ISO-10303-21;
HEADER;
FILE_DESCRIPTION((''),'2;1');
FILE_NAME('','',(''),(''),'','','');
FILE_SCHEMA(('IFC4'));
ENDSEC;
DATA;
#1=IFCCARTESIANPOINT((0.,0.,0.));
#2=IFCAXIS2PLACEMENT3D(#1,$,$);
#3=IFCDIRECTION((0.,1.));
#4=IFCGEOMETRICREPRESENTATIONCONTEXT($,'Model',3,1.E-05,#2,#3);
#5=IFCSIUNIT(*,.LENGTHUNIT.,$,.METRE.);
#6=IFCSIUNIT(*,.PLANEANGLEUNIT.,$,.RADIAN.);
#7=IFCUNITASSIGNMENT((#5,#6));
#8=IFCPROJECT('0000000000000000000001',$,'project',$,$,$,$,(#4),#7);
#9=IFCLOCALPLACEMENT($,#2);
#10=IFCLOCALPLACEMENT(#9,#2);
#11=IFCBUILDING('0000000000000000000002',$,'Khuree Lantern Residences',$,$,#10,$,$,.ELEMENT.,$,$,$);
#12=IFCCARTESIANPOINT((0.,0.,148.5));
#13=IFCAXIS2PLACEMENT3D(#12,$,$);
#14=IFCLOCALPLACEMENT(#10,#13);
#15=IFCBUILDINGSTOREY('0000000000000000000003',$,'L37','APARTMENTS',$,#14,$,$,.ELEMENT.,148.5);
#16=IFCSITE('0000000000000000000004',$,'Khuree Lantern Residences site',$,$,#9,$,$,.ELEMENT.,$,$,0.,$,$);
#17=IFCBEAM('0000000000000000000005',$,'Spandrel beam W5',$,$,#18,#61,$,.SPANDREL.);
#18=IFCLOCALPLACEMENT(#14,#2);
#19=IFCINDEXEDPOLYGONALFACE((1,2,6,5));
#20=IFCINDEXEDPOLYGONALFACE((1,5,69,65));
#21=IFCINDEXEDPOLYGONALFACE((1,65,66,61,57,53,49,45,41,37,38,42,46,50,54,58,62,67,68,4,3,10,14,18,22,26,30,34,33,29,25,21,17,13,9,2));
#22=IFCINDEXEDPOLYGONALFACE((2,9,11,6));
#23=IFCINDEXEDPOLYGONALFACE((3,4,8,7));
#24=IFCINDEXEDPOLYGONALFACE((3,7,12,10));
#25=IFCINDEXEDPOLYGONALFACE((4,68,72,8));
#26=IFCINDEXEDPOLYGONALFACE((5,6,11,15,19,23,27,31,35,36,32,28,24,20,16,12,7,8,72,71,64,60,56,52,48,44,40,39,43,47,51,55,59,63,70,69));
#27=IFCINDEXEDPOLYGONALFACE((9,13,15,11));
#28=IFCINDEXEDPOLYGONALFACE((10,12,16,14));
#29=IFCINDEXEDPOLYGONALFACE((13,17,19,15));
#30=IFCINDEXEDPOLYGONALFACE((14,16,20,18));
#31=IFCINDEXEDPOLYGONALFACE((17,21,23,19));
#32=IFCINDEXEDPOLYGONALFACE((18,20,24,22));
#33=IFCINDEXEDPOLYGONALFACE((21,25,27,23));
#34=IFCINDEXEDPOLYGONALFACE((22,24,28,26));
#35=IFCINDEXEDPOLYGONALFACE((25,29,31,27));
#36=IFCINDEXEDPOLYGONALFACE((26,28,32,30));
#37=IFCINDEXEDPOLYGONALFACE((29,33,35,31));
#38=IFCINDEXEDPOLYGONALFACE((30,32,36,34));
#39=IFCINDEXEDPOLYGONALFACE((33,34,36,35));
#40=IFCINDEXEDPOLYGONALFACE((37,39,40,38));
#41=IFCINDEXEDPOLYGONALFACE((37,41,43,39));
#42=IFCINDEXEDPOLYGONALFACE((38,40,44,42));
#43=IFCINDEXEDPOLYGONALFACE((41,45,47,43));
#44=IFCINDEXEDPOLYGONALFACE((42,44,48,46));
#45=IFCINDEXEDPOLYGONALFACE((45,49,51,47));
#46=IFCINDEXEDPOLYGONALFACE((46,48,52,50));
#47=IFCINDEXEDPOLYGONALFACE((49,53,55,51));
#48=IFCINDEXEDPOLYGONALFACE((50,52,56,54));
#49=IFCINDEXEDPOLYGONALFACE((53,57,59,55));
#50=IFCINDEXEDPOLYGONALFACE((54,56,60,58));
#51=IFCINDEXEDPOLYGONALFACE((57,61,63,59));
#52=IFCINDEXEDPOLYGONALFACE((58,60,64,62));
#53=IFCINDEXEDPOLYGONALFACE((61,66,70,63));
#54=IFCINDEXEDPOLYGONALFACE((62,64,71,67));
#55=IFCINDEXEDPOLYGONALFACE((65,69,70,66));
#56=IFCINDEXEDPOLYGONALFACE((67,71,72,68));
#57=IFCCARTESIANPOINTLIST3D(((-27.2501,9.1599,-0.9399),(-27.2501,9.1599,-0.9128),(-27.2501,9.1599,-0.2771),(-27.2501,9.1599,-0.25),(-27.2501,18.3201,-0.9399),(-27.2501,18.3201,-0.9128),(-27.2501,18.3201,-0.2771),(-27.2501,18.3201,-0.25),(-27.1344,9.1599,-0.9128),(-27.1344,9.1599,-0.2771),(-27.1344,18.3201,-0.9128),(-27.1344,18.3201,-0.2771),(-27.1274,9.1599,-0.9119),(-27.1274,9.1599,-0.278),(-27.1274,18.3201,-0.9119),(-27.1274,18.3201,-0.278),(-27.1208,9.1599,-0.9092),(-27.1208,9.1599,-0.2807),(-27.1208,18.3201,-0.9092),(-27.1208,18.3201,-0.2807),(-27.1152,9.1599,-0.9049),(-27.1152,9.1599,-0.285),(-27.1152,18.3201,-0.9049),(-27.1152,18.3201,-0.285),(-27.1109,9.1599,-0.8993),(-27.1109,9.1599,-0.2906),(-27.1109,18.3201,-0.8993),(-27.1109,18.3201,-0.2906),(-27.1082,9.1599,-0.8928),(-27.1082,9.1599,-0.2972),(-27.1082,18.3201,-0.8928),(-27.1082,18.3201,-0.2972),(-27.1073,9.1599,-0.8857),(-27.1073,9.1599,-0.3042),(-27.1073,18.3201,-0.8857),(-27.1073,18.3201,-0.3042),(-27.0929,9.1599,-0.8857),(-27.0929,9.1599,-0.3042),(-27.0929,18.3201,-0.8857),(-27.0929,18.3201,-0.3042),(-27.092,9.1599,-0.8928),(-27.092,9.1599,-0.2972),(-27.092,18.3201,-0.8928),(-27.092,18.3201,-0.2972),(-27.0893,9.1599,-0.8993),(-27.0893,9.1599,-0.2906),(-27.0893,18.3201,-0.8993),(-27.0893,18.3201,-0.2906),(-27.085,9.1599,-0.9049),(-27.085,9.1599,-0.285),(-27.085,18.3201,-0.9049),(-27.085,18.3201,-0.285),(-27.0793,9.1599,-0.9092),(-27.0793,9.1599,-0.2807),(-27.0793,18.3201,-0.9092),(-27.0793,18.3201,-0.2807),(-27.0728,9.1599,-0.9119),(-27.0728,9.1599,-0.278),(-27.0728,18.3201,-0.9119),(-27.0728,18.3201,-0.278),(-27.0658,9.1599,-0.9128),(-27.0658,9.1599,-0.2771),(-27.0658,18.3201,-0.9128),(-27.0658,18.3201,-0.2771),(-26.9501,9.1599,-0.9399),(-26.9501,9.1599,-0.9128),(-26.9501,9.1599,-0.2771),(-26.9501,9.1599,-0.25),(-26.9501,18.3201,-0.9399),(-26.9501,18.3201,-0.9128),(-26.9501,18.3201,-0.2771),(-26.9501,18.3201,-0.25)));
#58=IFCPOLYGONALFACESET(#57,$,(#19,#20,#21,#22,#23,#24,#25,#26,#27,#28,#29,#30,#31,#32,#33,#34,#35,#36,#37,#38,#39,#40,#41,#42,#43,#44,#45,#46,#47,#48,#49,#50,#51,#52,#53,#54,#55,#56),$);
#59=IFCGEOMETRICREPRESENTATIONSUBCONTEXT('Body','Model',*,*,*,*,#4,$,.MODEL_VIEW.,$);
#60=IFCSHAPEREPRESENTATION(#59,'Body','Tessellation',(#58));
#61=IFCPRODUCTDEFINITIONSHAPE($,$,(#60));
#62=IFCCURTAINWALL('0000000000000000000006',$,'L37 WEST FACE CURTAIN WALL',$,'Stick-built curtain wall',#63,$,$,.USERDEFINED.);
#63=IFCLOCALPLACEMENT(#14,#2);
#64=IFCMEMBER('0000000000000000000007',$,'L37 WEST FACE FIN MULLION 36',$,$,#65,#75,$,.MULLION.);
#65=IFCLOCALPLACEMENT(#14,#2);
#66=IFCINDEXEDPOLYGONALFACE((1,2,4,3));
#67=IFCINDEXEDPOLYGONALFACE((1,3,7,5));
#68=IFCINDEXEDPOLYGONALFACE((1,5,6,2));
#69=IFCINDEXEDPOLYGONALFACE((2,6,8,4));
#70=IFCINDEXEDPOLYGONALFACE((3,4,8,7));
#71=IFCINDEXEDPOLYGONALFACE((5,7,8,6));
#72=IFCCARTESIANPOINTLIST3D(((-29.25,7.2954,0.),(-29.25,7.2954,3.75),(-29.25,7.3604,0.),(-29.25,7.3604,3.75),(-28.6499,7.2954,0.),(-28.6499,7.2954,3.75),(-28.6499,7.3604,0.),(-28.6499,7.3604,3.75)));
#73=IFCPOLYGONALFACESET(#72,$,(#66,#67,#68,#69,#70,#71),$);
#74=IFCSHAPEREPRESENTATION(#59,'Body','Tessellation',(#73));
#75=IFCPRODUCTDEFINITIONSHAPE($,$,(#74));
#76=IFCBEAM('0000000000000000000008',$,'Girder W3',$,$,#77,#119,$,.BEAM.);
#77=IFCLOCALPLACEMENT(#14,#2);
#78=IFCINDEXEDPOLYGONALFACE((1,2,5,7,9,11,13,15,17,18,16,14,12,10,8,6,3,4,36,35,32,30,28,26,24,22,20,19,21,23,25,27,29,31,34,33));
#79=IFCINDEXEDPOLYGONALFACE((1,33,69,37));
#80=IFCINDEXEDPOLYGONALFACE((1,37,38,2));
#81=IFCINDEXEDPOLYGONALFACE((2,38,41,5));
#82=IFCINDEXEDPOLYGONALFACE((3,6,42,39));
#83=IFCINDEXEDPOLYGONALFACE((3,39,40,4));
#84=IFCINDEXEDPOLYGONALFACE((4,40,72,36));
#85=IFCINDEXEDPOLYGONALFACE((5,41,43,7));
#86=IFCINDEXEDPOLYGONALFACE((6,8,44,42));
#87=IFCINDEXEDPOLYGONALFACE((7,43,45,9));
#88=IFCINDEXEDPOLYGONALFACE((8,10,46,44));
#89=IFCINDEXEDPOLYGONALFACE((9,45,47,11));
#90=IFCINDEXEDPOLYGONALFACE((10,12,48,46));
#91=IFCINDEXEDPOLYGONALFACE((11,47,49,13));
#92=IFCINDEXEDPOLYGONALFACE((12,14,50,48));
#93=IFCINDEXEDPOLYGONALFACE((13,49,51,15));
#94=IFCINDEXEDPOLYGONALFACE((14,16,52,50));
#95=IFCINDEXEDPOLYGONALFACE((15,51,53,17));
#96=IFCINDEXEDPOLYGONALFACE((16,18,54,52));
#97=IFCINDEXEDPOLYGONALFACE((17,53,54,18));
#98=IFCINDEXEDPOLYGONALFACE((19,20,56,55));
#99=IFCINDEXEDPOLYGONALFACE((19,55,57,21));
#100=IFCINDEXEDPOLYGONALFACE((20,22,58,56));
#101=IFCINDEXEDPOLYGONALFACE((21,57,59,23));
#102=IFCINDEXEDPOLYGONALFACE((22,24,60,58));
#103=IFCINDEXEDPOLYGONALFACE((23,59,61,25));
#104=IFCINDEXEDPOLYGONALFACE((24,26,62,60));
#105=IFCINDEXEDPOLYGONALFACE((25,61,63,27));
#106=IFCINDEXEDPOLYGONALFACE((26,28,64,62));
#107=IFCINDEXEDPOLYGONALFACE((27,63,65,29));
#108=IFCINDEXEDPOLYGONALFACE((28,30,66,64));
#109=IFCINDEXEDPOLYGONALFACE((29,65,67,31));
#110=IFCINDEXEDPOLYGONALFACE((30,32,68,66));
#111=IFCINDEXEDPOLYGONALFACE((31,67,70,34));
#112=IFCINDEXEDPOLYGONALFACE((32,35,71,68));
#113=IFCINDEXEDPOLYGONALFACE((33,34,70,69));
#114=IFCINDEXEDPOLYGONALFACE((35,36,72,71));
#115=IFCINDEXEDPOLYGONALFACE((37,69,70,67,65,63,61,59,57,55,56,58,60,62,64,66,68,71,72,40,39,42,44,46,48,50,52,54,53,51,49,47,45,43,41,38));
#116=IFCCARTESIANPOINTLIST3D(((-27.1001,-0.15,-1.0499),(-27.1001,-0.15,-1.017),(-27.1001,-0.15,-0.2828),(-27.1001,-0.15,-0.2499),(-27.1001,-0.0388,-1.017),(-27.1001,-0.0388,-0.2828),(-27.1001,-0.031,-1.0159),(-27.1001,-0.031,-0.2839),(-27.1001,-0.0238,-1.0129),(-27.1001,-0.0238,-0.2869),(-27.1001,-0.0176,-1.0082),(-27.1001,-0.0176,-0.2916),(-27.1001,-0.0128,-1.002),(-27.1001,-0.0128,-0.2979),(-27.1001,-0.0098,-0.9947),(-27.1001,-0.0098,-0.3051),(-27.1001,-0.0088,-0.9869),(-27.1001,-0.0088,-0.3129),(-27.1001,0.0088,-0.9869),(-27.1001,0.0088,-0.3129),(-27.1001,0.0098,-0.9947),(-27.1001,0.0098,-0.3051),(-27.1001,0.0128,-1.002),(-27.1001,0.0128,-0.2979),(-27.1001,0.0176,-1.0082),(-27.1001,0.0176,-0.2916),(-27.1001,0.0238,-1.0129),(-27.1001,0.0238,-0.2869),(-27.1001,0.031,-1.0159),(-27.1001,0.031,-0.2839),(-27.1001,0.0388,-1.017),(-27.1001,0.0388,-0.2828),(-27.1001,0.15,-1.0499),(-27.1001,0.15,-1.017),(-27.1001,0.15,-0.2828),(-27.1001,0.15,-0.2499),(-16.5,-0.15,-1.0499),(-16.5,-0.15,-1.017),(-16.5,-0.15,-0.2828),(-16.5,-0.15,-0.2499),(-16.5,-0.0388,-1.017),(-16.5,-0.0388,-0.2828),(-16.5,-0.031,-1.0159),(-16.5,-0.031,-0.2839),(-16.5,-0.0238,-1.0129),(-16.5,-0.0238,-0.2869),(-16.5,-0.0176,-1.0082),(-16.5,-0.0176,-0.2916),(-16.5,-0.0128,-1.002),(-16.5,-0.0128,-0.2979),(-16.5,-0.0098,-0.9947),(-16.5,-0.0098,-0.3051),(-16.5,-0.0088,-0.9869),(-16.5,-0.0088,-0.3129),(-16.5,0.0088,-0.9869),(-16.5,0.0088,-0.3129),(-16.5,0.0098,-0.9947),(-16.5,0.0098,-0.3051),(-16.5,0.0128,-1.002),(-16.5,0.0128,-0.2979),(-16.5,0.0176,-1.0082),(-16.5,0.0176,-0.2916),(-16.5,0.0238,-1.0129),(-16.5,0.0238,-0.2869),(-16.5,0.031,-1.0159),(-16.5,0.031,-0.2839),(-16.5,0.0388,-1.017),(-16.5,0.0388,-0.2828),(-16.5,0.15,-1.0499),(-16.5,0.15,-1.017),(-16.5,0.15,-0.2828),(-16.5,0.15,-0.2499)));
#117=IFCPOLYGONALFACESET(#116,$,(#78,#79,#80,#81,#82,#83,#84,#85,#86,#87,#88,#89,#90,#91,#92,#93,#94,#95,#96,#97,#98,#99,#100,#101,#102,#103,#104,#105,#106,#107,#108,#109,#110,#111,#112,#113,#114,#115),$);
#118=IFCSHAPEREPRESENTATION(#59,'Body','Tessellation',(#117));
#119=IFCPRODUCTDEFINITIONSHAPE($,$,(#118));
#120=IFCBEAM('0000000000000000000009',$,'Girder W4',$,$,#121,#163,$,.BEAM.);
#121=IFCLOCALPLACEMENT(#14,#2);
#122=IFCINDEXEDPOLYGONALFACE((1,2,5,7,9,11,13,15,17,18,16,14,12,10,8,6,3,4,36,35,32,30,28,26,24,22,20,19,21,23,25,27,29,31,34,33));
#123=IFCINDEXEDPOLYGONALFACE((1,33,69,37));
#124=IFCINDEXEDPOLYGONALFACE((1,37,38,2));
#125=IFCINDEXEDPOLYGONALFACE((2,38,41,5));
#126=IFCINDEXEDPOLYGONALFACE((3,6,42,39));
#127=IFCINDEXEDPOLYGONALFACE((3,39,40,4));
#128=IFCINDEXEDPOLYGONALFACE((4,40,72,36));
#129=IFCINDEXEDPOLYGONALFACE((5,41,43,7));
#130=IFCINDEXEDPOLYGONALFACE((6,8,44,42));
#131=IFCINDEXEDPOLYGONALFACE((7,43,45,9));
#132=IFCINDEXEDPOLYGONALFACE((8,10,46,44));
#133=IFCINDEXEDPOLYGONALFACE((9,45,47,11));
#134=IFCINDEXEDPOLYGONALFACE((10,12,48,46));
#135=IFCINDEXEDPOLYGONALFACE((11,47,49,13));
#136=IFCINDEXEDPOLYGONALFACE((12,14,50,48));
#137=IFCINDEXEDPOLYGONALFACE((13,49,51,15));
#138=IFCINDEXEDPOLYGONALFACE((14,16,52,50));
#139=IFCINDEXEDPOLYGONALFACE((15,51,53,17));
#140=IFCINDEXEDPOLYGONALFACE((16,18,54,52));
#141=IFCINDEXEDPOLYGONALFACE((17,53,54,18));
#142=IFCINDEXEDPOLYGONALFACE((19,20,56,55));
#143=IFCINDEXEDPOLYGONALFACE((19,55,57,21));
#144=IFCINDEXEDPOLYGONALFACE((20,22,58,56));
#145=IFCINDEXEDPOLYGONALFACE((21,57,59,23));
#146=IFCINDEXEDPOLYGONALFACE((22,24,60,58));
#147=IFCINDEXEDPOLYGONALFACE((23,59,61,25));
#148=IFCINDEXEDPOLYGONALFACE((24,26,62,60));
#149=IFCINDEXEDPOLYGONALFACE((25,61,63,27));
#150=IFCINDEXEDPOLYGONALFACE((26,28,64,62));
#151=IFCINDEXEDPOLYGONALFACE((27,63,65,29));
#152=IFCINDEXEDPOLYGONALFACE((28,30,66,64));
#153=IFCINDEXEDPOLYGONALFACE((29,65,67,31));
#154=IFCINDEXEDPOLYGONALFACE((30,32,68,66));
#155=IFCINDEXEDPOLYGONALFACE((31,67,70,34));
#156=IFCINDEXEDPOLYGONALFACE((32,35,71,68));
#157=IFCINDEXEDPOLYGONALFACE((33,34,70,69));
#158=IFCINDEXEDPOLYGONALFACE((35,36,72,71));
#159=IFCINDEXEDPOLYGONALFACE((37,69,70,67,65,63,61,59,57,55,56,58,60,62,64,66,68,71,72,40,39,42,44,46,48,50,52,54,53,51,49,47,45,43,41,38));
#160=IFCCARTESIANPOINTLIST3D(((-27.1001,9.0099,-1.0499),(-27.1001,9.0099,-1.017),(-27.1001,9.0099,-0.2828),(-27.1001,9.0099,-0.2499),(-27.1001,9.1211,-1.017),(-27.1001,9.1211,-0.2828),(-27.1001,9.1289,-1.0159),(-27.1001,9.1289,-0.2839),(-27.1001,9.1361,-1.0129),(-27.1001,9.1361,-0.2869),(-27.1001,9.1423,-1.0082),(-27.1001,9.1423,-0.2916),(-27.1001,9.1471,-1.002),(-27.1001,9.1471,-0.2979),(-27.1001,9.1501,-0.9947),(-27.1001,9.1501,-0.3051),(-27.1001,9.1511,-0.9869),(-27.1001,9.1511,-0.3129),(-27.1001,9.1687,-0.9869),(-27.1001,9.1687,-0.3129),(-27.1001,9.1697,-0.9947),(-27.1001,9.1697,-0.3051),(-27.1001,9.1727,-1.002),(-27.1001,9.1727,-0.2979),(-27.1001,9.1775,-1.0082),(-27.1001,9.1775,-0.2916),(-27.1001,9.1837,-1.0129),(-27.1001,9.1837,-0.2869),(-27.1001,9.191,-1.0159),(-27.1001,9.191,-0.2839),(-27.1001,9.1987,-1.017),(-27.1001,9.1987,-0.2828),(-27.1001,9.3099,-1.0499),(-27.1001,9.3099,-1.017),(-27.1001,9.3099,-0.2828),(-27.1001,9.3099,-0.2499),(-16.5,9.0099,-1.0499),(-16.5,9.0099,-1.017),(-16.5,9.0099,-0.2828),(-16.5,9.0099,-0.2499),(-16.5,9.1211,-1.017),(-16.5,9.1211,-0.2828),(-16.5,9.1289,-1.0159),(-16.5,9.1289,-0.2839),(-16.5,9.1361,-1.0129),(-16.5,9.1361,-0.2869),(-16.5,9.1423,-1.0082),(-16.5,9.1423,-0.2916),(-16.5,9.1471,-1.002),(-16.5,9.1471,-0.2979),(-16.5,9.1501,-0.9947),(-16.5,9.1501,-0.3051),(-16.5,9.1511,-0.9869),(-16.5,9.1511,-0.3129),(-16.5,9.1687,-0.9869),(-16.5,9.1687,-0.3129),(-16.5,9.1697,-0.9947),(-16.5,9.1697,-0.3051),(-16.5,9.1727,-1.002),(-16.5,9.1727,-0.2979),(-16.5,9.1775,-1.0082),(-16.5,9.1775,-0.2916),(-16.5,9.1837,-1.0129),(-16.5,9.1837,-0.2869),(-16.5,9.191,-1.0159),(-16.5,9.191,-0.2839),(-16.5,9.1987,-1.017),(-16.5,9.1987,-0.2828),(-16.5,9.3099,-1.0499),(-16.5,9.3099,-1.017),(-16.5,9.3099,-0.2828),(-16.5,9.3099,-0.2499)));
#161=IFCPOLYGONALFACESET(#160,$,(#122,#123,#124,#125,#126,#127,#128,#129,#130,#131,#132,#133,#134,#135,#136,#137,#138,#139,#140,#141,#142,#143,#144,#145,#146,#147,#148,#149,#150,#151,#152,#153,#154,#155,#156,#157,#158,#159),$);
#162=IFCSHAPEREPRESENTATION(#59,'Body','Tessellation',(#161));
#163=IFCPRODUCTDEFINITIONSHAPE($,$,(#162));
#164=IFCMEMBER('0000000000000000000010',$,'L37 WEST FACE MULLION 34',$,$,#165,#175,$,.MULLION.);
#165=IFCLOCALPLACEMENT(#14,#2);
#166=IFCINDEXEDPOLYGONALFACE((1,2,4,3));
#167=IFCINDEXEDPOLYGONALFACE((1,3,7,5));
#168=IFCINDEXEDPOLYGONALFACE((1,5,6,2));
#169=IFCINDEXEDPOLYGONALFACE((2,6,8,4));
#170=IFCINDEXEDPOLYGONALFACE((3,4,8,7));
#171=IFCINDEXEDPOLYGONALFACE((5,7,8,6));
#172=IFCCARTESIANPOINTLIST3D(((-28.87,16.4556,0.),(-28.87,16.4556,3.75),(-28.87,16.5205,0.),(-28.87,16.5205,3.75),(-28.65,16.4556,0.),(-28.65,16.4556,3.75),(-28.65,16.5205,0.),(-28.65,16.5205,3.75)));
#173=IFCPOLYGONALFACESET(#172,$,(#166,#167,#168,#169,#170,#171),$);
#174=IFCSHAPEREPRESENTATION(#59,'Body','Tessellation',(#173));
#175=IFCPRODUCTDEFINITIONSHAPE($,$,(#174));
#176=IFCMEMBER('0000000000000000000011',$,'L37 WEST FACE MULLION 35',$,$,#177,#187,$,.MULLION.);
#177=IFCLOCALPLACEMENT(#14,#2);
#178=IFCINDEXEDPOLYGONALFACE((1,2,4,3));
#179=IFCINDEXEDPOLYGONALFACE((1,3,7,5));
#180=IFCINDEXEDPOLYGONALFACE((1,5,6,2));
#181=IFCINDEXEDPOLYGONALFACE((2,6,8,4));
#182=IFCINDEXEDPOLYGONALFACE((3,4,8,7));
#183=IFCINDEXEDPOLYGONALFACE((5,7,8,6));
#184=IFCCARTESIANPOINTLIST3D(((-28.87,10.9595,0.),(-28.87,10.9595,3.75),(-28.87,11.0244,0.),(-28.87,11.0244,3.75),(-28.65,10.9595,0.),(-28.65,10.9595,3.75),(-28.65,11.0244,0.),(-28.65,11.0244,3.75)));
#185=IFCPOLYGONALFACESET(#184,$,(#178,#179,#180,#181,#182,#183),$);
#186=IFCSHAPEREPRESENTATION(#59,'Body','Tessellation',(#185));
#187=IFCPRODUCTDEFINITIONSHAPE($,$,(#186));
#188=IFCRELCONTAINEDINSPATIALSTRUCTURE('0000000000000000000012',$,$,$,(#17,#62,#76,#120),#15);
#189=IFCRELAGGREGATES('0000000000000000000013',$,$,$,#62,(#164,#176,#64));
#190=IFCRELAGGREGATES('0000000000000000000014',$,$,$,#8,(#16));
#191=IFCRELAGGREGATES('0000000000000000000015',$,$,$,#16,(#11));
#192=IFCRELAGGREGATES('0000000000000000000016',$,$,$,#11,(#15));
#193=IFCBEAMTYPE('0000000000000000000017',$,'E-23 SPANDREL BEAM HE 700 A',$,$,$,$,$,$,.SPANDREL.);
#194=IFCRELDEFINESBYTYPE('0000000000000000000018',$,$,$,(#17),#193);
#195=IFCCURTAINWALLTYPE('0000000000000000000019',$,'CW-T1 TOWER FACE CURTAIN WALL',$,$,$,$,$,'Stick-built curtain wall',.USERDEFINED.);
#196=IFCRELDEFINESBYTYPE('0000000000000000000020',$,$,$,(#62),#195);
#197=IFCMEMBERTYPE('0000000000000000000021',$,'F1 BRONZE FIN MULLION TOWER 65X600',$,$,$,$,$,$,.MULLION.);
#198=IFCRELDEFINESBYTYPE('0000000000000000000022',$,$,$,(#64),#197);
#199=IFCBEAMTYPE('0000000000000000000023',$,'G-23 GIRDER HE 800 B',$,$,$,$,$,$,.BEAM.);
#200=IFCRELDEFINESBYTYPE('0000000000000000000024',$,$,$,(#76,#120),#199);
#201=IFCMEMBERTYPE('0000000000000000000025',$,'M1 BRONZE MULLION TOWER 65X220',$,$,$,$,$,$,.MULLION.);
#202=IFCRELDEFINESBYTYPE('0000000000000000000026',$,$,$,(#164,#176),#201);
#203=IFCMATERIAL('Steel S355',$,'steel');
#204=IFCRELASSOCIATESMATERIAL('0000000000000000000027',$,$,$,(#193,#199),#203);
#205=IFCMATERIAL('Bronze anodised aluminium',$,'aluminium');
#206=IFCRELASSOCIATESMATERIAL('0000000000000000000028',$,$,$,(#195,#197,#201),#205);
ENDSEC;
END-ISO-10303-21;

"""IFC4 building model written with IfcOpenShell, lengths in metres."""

from ifc_helpers import new_model, si_unit, direction, frame, origin, origin_2d, place, context, subcontext, project, spatial, rectangle, i_section, extrude, material, material_profile, profile_set, type_object, element, aggregate, save


model = new_model("IFC4")

# Units and contexts
model_context = context("Model", 3, precision=1e-05, world=origin(), true_north=direction((0.0, 1.0)))
body_context = subcontext(model_context, "Body", "Model", "MODEL_VIEW")
ifc_project = project(units=[si_unit("LENGTHUNIT", "METRE"), si_unit("PLANEANGLEUNIT", "RADIAN")], contexts=[model_context])

# Site, building, storey
site_placement = place(None, origin())
site = spatial("IfcSite", under=ifc_project, at=site_placement, Name="Khuree Lantern Residences site", CompositionType="ELEMENT", RefElevation=0.0)
building_placement = place(site_placement, origin())
building = spatial("IfcBuilding", under=site, at=building_placement, Name="Khuree Lantern Residences", CompositionType="ELEMENT")
storey_placement = place(building_placement, frame((0.0, 0.0, 148.5)))
storey = spatial("IfcBuildingStorey", under=building, at=storey_placement, Name="L37", Description="APARTMENTS", CompositionType="ELEMENT", Elevation=148.5)

# Beam
ifc_material_1 = material(Name="Steel S355", Category="steel")
ifc_material_profile_1 = material_profile(ifc_material_1, i_section(OverallWidth=0.3, OverallDepth=0.6899, WebThickness=0.0144, FlangeThickness=0.0271, FilletRadius=0.0271, at=origin_2d()), Name="HE 700 A")
ifc_profile_set_1 = profile_set([ifc_material_profile_1], Name="Steel S355")
beam_type_1 = type_object("IfcBeamType", Name="E-23 SPANDREL BEAM HE 700 A", PredefinedType="SPANDREL", material=ifc_profile_set_1)
beam_1_placement = place(storey_placement, frame((-27.1001, 9.1599, -0.595), z_axis=(0.0, 1.0, 0.0), x_axis=(-1.0, 0.0, 0.0)))
element("IfcBeam", 1, at=beam_1_placement, inside=storey, type_object=beam_type_1, Name="Spandrel beam W5", PredefinedType="SPANDREL", context=body_context, shape_type="SweptSolid", body=[
    extrude(i_section(OverallWidth=0.3, OverallDepth=0.6899, WebThickness=0.0144, FlangeThickness=0.0271, FilletRadius=0.0271, at=origin_2d()), origin(), (0.0, 0.0, 1.0), 9.1602),
])

# Curtain wall, member
ifc_material_2 = material(Name="Bronze anodised aluminium", Category="aluminium")
curtain_wall_type = type_object("IfcCurtainWallType", Name="CW-T1 TOWER FACE CURTAIN WALL", ElementType="Stick-built curtain wall", PredefinedType="USERDEFINED", material=ifc_material_2)
curtain_wall_placement = place(storey_placement, origin())
curtain_wall = element("IfcCurtainWall", 2, at=curtain_wall_placement, inside=storey, type_object=curtain_wall_type, Name="L37 WEST FACE CURTAIN WALL", ObjectType="Stick-built curtain wall", PredefinedType="USERDEFINED")
ifc_material_profile_2 = material_profile(ifc_material_2, rectangle(XDim=0.0649, YDim=0.6001, at=origin_2d()), Name="F1 65X600")
ifc_profile_set_2 = profile_set([ifc_material_profile_2], Name="Bronze anodised aluminium")
member_type_1 = type_object("IfcMemberType", Name="F1 BRONZE FIN MULLION TOWER 65X600", PredefinedType="MULLION", material=ifc_profile_set_2)
member_1_placement = place(storey_placement, frame((-28.95, 7.3279, 0.0), z_axis=(0.0, 0.0, 1.0), x_axis=(0.0, -1.0, 0.0)))
member_1 = element("IfcMember", 3, at=member_1_placement, type_object=member_type_1, Name="L37 WEST FACE FIN MULLION 36", PredefinedType="MULLION", context=body_context, shape_type="SweptSolid", body=[
    extrude(rectangle(XDim=0.0649, YDim=0.6001, at=origin_2d()), origin(), (0.0, 0.0, 1.0), 3.75),
])

# Beams
ifc_material_profile_3 = material_profile(ifc_material_1, i_section(OverallWidth=0.3, OverallDepth=0.8, WebThickness=0.0176, FlangeThickness=0.033, FilletRadius=0.03, at=origin_2d()), Name="HE 800 B")
ifc_profile_set_3 = profile_set([ifc_material_profile_3], Name="Steel S355")
beam_type_2 = type_object("IfcBeamType", Name="G-23 GIRDER HE 800 B", PredefinedType="BEAM", material=ifc_profile_set_3)
for number, where, z_axis, x_axis, name in (
    (4, (-27.1001, 0.0, -0.6499), (1.0, 0.0, 0.0), (0.0, 1.0, 0.0), "Girder W3"),
    (5, (-27.1001, 9.1599, -0.6499), (1.0, 0.0, 0.0), (0.0, 1.0, 0.0), "Girder W4"),
):
    element("IfcBeam", number, at=place(storey_placement, frame(where, z_axis=z_axis, x_axis=x_axis)), inside=storey, type_object=beam_type_2, Name=name, PredefinedType="BEAM", context=body_context, shape_type="SweptSolid", body=[
        extrude(i_section(OverallWidth=0.3, OverallDepth=0.8, WebThickness=0.0176, FlangeThickness=0.033, FilletRadius=0.03, at=origin_2d()), origin(), (0.0, 0.0, 1.0), 10.6001),
    ])

# Members
ifc_material_profile_4 = material_profile(ifc_material_2, rectangle(XDim=0.0649, YDim=0.22, at=origin_2d()), Name="M1 65X220")
ifc_profile_set_4 = profile_set([ifc_material_profile_4], Name="Bronze anodised aluminium")
member_type_2 = type_object("IfcMemberType", Name="M1 BRONZE MULLION TOWER 65X220", PredefinedType="MULLION", material=ifc_profile_set_4)
member_2_placement = place(storey_placement, frame((-28.76, 16.488, 0.0), z_axis=(0.0, 0.0, 1.0), x_axis=(0.0, -1.0, 0.0)))
member_2 = element("IfcMember", 6, at=member_2_placement, type_object=member_type_2, Name="L37 WEST FACE MULLION 34", PredefinedType="MULLION", context=body_context, shape_type="SweptSolid", body=[
    extrude(rectangle(XDim=0.0649, YDim=0.22, at=origin_2d()), origin(), (0.0, 0.0, 1.0), 3.75),
])
member_3_placement = place(storey_placement, frame((-28.76, 10.9919, 0.0), z_axis=(0.0, 0.0, 1.0), x_axis=(0.0, -1.0, 0.0)))
member_3 = element("IfcMember", 7, at=member_3_placement, type_object=member_type_2, Name="L37 WEST FACE MULLION 35", PredefinedType="MULLION", context=body_context, shape_type="SweptSolid", body=[
    extrude(rectangle(XDim=0.0649, YDim=0.22, at=origin_2d()), origin(), (0.0, 0.0, 1.0), 3.75),
])

aggregate(curtain_wall, [member_2, member_3, member_1])

save(model, "model.ifc")
